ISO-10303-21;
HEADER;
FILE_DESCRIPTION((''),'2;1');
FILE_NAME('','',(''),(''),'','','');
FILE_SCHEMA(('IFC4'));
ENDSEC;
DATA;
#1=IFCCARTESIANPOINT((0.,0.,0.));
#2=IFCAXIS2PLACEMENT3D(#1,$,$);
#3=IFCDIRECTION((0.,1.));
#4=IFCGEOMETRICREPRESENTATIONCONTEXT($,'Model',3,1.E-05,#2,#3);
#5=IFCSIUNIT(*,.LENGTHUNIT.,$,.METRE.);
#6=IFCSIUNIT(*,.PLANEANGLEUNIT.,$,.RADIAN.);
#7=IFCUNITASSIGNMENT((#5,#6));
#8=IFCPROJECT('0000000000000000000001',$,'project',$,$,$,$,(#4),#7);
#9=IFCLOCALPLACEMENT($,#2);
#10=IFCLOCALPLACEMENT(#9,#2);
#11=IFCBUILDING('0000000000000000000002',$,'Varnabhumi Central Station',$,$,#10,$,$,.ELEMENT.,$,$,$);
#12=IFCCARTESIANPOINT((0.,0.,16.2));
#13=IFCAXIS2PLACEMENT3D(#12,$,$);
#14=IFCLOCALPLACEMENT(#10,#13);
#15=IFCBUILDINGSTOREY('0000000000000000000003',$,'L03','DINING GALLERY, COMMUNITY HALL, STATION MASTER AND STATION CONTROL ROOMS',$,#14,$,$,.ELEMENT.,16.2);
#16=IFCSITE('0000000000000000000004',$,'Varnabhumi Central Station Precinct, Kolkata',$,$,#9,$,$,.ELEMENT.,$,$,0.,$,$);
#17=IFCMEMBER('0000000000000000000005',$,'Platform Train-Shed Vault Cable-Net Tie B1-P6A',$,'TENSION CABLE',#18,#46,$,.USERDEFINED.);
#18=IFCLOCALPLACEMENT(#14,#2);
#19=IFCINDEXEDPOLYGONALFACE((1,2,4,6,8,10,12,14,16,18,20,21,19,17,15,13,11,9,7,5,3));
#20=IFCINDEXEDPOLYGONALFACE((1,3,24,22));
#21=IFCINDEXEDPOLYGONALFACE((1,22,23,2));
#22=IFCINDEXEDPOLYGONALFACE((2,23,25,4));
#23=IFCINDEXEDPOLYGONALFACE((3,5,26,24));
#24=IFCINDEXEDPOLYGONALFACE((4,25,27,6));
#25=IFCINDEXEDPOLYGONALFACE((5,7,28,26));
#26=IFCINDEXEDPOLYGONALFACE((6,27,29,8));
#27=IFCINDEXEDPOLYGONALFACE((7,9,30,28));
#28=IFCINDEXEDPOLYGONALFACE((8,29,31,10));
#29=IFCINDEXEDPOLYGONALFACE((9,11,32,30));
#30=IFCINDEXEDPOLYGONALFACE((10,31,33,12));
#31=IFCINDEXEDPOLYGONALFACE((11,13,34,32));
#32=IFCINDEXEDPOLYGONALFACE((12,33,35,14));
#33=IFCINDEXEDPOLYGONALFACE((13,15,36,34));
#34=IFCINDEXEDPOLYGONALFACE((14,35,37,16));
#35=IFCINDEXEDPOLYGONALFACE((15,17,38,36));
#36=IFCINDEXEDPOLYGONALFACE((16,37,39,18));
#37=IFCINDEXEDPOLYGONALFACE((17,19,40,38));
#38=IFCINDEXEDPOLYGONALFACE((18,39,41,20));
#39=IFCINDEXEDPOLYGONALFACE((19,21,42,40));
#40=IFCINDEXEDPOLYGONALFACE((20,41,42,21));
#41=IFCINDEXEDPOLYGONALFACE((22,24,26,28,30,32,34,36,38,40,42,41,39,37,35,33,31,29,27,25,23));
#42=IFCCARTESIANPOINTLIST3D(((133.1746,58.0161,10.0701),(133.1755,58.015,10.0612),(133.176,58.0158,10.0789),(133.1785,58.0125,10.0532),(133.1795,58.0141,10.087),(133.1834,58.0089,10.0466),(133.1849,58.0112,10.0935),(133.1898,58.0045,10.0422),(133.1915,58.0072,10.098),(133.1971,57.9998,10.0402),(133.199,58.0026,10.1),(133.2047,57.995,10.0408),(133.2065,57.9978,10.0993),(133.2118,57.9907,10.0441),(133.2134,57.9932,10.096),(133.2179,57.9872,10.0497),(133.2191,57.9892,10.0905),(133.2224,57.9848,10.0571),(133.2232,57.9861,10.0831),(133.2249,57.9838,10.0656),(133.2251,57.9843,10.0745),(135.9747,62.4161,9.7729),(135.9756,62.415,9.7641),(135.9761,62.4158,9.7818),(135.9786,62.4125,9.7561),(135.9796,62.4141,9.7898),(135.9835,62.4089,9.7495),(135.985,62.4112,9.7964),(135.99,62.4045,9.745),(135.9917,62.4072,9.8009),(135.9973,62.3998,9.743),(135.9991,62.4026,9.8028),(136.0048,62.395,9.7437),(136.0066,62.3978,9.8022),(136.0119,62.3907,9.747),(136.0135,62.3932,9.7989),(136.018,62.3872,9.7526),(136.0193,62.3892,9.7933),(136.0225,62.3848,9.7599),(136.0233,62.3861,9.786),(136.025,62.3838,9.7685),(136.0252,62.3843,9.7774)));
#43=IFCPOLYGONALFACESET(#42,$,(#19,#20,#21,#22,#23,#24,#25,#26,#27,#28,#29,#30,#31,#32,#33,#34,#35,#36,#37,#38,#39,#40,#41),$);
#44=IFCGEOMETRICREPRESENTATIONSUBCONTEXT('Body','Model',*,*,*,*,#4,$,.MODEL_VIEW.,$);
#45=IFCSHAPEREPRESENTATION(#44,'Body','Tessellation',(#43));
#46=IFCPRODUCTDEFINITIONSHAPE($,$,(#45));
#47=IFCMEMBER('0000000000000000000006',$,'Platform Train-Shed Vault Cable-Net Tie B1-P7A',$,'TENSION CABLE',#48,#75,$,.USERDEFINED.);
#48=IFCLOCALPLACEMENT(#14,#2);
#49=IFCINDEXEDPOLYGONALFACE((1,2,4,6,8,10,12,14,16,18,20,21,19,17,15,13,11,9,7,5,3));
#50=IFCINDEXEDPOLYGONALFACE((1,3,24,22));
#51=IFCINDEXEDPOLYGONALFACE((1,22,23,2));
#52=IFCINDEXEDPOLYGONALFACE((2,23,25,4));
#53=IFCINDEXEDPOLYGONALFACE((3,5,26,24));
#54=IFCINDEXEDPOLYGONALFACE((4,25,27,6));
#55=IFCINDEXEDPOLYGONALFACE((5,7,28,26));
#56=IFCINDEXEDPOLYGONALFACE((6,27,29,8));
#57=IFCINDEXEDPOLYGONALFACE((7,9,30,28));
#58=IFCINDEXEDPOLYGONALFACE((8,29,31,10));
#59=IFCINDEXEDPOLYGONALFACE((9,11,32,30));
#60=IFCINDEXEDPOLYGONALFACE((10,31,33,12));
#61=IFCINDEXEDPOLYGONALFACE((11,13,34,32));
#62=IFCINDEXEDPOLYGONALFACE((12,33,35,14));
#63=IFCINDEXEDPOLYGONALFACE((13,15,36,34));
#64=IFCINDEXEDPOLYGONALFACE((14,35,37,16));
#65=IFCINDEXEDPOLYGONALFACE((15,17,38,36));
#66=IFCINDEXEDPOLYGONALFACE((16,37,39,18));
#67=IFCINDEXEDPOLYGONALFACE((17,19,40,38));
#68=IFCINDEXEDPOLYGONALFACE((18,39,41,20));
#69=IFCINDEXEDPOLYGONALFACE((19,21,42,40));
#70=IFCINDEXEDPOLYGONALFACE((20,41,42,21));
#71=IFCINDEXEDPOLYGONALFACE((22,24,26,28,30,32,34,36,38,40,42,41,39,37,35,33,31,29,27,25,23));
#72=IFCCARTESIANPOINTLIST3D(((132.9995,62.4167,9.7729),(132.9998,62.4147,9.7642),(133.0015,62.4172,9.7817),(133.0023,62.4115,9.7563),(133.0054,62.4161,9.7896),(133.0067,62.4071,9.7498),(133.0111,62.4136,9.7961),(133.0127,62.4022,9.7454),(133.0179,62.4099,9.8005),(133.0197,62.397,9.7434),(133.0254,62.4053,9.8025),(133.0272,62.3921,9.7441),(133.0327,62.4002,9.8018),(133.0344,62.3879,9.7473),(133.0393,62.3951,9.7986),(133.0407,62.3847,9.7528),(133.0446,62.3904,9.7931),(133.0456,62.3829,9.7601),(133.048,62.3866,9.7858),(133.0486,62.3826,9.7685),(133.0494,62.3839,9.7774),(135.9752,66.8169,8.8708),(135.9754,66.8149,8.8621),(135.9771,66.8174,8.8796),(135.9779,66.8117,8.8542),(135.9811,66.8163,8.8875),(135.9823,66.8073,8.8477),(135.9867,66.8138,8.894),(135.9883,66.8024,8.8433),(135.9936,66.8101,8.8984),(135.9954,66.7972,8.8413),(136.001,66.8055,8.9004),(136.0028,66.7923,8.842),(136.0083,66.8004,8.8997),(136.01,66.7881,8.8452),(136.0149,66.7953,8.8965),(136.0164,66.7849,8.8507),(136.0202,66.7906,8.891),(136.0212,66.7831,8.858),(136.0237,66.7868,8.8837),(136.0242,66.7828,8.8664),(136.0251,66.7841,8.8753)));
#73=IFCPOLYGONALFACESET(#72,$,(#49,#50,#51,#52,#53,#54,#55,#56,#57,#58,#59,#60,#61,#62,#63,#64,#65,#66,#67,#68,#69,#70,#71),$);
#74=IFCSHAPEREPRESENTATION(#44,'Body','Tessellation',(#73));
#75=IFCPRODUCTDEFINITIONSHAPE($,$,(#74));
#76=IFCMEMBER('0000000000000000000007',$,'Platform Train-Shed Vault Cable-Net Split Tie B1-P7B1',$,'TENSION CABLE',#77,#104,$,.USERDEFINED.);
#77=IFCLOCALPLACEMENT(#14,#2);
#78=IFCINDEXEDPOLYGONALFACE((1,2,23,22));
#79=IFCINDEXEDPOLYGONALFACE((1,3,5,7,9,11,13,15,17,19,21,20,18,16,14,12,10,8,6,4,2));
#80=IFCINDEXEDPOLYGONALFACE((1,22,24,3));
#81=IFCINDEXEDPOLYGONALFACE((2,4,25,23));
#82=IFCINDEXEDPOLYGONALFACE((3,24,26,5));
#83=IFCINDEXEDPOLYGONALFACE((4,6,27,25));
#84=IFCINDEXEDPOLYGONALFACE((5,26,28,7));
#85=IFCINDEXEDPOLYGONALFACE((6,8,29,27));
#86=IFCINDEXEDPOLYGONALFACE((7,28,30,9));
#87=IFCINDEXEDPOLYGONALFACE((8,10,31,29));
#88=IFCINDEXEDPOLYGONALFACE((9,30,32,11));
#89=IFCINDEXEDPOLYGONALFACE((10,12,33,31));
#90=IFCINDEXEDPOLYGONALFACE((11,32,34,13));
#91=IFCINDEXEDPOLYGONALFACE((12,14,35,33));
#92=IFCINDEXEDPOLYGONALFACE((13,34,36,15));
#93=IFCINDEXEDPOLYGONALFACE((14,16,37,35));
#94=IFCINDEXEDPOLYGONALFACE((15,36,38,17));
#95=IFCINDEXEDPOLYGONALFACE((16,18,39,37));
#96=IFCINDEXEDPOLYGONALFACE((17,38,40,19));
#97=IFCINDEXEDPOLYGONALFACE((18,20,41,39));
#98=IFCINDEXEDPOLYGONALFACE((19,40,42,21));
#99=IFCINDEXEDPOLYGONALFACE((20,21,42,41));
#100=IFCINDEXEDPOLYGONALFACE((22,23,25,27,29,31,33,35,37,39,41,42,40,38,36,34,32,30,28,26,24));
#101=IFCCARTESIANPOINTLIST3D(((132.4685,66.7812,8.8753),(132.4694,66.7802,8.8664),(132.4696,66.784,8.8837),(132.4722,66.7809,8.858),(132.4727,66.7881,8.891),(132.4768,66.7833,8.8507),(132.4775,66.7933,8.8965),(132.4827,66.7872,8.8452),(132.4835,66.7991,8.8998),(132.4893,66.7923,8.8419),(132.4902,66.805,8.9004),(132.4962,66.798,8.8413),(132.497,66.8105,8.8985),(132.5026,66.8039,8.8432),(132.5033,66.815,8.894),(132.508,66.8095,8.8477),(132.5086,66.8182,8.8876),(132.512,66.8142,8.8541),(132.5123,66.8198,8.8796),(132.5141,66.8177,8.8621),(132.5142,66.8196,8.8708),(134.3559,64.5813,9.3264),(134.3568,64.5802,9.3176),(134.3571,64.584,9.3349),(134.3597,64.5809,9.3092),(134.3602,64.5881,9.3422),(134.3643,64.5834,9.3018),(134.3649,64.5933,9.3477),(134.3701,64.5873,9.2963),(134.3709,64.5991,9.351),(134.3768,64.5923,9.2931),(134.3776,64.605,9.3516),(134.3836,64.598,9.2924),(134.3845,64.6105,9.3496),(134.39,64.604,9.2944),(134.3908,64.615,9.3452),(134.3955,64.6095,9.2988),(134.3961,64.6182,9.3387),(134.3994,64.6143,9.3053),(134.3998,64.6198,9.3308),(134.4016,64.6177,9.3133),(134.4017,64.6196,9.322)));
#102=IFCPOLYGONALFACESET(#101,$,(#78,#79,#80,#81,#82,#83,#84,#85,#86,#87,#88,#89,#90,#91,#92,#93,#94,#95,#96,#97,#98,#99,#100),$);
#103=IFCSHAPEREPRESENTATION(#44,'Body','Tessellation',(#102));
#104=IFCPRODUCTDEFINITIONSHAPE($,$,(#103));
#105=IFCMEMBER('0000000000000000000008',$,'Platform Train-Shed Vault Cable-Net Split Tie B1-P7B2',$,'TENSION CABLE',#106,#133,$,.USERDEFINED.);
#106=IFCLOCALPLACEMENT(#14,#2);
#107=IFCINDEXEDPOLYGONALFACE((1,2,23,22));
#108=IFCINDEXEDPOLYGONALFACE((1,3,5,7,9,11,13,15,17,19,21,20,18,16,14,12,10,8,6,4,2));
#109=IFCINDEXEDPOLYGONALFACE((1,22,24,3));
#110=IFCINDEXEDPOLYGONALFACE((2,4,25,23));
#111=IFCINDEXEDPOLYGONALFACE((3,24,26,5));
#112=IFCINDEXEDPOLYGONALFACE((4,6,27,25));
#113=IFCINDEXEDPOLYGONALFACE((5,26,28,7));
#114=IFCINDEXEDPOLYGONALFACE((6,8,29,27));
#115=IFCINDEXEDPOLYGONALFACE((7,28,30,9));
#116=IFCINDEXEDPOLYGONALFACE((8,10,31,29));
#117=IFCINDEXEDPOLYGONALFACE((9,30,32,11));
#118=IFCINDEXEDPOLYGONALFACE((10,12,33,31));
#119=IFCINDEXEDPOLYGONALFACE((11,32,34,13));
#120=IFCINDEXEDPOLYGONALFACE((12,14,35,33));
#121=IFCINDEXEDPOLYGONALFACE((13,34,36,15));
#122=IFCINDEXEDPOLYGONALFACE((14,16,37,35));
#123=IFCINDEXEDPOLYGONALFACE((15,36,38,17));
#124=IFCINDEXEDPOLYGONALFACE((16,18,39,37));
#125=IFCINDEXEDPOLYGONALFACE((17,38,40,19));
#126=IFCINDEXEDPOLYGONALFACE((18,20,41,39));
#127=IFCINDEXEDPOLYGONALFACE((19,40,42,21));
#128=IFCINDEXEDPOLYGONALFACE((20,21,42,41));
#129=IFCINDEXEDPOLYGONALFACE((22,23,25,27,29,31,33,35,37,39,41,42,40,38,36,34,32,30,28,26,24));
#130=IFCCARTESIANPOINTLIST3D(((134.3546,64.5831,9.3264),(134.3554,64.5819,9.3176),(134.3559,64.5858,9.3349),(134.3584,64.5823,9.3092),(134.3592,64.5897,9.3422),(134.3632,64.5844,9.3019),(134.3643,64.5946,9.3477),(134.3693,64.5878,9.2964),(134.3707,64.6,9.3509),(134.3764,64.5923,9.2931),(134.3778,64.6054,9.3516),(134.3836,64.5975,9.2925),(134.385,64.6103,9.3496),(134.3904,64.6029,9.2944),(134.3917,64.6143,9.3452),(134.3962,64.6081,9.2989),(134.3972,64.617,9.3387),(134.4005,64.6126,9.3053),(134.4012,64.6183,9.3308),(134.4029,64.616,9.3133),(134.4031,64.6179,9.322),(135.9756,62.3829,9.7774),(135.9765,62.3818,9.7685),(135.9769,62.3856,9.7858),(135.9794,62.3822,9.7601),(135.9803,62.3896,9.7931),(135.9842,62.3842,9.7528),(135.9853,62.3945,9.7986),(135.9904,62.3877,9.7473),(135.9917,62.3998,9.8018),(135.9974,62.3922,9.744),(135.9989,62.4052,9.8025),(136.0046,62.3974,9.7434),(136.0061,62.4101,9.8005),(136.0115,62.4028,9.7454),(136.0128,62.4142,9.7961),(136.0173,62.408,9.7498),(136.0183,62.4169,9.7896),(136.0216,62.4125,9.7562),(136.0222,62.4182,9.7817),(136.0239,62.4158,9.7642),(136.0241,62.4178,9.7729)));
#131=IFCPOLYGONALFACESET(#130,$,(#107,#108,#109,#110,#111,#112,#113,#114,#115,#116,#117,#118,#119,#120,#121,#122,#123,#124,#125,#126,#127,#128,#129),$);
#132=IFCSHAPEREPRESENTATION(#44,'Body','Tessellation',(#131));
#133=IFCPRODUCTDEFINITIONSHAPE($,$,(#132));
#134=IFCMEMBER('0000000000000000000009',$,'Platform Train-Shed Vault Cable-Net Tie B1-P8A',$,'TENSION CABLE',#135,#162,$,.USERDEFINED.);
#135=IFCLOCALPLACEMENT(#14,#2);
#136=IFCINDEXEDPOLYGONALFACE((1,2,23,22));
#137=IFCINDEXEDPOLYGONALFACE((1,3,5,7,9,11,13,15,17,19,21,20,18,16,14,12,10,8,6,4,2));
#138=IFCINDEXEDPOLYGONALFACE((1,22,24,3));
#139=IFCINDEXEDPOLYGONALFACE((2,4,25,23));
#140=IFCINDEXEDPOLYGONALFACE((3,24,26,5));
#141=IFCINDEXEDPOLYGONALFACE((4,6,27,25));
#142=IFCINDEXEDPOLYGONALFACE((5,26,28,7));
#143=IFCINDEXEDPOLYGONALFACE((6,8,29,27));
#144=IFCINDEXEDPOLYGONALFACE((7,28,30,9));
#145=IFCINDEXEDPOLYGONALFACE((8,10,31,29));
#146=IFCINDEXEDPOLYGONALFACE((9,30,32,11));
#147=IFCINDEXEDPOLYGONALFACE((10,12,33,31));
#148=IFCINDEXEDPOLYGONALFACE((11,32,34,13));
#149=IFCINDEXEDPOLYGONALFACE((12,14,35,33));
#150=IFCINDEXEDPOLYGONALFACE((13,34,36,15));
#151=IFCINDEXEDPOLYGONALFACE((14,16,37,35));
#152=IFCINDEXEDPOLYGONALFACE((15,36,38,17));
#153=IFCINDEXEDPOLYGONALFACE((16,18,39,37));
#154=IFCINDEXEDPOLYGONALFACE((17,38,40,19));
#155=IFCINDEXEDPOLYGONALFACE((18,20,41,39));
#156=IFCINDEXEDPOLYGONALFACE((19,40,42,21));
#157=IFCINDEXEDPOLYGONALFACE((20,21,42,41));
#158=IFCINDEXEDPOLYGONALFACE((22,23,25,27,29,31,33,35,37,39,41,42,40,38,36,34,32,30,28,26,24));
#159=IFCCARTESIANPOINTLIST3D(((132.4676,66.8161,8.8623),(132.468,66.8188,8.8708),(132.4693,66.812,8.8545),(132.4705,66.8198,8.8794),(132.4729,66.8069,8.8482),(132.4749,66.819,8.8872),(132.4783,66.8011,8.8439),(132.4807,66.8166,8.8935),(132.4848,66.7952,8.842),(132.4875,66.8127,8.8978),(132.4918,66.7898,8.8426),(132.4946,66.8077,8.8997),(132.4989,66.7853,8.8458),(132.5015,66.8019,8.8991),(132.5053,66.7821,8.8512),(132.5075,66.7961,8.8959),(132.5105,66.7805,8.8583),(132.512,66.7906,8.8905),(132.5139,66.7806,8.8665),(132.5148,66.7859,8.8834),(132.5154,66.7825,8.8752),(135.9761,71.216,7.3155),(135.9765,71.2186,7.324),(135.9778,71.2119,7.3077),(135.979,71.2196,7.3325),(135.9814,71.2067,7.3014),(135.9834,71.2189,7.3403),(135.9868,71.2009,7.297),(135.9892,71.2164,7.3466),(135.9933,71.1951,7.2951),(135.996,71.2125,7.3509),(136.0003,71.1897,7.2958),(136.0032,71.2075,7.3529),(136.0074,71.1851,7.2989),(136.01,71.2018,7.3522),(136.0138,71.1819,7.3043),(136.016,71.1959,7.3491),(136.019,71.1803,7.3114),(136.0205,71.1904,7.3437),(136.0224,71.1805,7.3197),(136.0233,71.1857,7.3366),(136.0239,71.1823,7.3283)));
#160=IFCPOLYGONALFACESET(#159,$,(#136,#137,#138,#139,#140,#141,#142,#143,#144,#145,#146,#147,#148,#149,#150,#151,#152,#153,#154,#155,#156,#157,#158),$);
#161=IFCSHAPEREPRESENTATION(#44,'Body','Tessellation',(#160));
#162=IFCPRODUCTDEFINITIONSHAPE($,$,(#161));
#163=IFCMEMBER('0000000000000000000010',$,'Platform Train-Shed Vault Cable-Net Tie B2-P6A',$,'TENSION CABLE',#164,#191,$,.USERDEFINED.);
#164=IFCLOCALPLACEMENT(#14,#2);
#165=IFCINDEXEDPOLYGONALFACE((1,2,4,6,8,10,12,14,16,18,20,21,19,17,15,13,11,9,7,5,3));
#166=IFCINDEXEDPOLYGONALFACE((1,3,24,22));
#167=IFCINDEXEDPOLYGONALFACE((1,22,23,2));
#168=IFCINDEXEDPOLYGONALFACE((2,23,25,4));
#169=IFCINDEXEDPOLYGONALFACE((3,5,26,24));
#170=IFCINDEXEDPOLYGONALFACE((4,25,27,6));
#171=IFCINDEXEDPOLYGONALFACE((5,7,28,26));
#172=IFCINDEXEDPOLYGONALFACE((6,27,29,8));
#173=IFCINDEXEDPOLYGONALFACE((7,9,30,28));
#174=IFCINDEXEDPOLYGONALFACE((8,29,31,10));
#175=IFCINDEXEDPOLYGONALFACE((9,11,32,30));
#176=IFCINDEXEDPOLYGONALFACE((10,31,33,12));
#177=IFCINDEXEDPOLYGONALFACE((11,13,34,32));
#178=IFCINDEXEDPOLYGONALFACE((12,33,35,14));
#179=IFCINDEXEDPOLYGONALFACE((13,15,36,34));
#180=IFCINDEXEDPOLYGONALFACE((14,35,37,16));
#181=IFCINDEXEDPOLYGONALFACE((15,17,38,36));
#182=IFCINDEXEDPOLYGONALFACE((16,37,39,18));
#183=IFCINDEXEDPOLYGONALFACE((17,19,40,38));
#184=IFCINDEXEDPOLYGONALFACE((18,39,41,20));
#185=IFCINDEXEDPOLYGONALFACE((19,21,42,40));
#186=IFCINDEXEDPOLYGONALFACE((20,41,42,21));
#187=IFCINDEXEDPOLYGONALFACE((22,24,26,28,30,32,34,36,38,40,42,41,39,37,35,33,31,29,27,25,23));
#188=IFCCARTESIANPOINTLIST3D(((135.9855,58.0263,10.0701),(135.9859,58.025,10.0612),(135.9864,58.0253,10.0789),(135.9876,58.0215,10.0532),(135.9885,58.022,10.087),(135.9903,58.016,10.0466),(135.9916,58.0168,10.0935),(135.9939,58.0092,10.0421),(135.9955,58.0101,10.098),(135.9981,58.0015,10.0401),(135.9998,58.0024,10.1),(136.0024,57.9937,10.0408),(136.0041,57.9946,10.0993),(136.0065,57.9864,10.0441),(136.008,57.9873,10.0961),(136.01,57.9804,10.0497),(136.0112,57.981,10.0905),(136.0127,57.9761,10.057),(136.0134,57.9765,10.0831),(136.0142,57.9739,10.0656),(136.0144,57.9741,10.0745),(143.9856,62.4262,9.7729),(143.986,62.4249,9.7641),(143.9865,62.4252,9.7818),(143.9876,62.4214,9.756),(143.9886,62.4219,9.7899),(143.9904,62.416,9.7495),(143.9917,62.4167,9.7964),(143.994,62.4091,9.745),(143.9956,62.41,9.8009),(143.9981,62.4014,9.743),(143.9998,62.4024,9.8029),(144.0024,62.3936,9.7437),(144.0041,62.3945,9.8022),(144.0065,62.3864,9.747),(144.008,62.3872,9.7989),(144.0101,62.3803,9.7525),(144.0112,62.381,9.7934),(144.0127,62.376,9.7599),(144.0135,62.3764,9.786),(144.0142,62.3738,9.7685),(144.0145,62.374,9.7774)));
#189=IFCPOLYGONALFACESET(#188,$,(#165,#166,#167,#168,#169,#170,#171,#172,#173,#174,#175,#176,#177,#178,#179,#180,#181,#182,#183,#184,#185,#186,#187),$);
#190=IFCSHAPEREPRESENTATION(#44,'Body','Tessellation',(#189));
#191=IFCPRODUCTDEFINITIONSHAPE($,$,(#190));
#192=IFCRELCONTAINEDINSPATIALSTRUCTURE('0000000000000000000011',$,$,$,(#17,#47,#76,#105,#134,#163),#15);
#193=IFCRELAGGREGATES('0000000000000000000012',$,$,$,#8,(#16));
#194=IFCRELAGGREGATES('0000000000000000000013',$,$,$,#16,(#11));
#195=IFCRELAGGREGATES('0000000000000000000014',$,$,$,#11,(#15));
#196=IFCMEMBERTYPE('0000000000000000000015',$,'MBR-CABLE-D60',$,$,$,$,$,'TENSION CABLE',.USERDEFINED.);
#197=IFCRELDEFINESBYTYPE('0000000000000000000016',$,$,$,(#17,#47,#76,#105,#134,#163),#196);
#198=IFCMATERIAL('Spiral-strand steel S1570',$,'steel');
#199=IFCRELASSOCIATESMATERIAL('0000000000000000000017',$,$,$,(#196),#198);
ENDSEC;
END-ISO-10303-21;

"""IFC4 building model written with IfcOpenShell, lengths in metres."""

from ifc_helpers import new_model, si_unit, direction, frame, origin, origin_2d, place, context, subcontext, project, spatial, circle, extrude, material, material_profile, profile_set, type_object, element, save


model = new_model("IFC4")

# Units and contexts
model_context = context("Model", 3, precision=1e-05, world=origin(), true_north=direction((0.0, 1.0)))
body_context = subcontext(model_context, "Body", "Model", "MODEL_VIEW")
ifc_project = project(units=[si_unit("LENGTHUNIT", "METRE"), si_unit("PLANEANGLEUNIT", "RADIAN")], contexts=[model_context])

# Site, building, storey
site_placement = place(None, origin())
site = spatial("IfcSite", under=ifc_project, at=site_placement, Name="Varnabhumi Central Station Precinct, Kolkata", CompositionType="ELEMENT", RefElevation=0.0)
building_placement = place(site_placement, origin())
building = spatial("IfcBuilding", under=site, at=building_placement, Name="Varnabhumi Central Station", CompositionType="ELEMENT")
storey_placement = place(building_placement, frame((0.0, 0.0, 16.2)))
storey = spatial("IfcBuildingStorey", under=building, at=storey_placement, Name="L03", Description="DINING GALLERY, COMMUNITY HALL, STATION MASTER AND STATION CONTROL ROOMS", CompositionType="ELEMENT", Elevation=16.2)

# Members
ifc_material_1 = material(Name="Spiral-strand steel S1570", Category="steel")
ifc_material_profile_1 = material_profile(ifc_material_1, circle(Radius=0.03, at=origin_2d()), Name="Spiral-strand steel S1570", Category="steel")
ifc_profile_set_1 = profile_set([ifc_material_profile_1], Name="Spiral-strand steel S1570")
member_type_1 = type_object("IfcMemberType", Name="MBR-CABLE-D60", ElementType="TENSION CABLE", PredefinedType="USERDEFINED", material=ifc_profile_set_1)
member_1_placement = place(storey_placement, frame((133.2, 58.0, 10.0701), z_axis=(0.536021, 0.842286, -0.056878), x_axis=(-0.843652, 0.536891, 0.0)))
element("IfcMember", 1, at=member_1_placement, inside=storey, type_object=member_type_1, Name="Platform Train-Shed Vault Cable-Net Tie B1-P6A", ObjectType="TENSION CABLE", PredefinedType="USERDEFINED", context=body_context, shape_type="SweptSolid", body=[
    extrude(circle(Radius=0.03, at=origin_2d()), origin(), (0.0, 0.0, 1.0), 5.2239),
])
member_2_placement = place(storey_placement, frame((133.0244, 62.3999, 9.7729), z_axis=(0.552275, 0.816676, -0.167431), x_axis=(-0.828369, 0.560182, 0.0)))
element("IfcMember", 2, at=member_2_placement, inside=storey, type_object=member_type_1, Name="Platform Train-Shed Vault Cable-Net Tie B1-P7A", ObjectType="TENSION CABLE", PredefinedType="USERDEFINED", context=body_context, shape_type="SweptSolid", body=[
    extrude(circle(Radius=0.03, at=origin_2d()), origin(), (0.0, 0.0, 1.0), 5.3879),
])
member_3_placement = place(storey_placement, frame((132.4915, 66.8, 8.8708), z_axis=(0.643398, -0.749924, 0.153796), x_axis=(0.758953, 0.651145, 0.0)))
element("IfcMember", 3, at=member_3_placement, inside=storey, type_object=member_type_1, Name="Platform Train-Shed Vault Cable-Net Split Tie B1-P7B1", ObjectType="TENSION CABLE", PredefinedType="USERDEFINED", context=body_context, shape_type="SweptSolid", body=[
    extrude(circle(Radius=0.03, at=origin_2d()), origin(), (0.0, 0.0, 1.0), 2.9336),
])
member_4_placement = place(storey_placement, frame((134.3789, 64.6001, 9.322), z_axis=(0.585261, -0.794334, 0.162798), x_axis=(0.805074, 0.593175, 0.0)))
element("IfcMember", 4, at=member_4_placement, inside=storey, type_object=member_type_1, Name="Platform Train-Shed Vault Cable-Net Split Tie B1-P7B2", ObjectType="TENSION CABLE", PredefinedType="USERDEFINED", context=body_context, shape_type="SweptSolid", body=[
    extrude(circle(Radius=0.03, at=origin_2d()), origin(), (0.0, 0.0, 1.0), 2.7698),
])
member_5_placement = place(storey_placement, frame((132.4915, 66.8, 8.8708), z_axis=(0.601164, 0.753892, -0.265046), x_axis=(-0.781854, 0.623462, 0.0)))
element("IfcMember", 5, at=member_5_placement, inside=storey, type_object=member_type_1, Name="Platform Train-Shed Vault Cable-Net Tie B1-P8A", ObjectType="TENSION CABLE", PredefinedType="USERDEFINED", context=body_context, shape_type="SweptSolid", body=[
    extrude(circle(Radius=0.03, at=origin_2d()), origin(), (0.0, 0.0, 1.0), 5.8362),
])
member_6_placement = place(storey_placement, frame((136.0, 58.0, 10.0701), z_axis=(0.875757, 0.481656, -0.032526), x_axis=(-0.481911, 0.87622, 0.0)))
element("IfcMember", 6, at=member_6_placement, inside=storey, type_object=member_type_1, Name="Platform Train-Shed Vault Cable-Net Tie B2-P6A", ObjectType="TENSION CABLE", PredefinedType="USERDEFINED", context=body_context, shape_type="SweptSolid", body=[
    extrude(circle(Radius=0.03, at=origin_2d()), origin(), (0.0, 0.0, 1.0), 9.135),
])

save(model, "model.ifc")
